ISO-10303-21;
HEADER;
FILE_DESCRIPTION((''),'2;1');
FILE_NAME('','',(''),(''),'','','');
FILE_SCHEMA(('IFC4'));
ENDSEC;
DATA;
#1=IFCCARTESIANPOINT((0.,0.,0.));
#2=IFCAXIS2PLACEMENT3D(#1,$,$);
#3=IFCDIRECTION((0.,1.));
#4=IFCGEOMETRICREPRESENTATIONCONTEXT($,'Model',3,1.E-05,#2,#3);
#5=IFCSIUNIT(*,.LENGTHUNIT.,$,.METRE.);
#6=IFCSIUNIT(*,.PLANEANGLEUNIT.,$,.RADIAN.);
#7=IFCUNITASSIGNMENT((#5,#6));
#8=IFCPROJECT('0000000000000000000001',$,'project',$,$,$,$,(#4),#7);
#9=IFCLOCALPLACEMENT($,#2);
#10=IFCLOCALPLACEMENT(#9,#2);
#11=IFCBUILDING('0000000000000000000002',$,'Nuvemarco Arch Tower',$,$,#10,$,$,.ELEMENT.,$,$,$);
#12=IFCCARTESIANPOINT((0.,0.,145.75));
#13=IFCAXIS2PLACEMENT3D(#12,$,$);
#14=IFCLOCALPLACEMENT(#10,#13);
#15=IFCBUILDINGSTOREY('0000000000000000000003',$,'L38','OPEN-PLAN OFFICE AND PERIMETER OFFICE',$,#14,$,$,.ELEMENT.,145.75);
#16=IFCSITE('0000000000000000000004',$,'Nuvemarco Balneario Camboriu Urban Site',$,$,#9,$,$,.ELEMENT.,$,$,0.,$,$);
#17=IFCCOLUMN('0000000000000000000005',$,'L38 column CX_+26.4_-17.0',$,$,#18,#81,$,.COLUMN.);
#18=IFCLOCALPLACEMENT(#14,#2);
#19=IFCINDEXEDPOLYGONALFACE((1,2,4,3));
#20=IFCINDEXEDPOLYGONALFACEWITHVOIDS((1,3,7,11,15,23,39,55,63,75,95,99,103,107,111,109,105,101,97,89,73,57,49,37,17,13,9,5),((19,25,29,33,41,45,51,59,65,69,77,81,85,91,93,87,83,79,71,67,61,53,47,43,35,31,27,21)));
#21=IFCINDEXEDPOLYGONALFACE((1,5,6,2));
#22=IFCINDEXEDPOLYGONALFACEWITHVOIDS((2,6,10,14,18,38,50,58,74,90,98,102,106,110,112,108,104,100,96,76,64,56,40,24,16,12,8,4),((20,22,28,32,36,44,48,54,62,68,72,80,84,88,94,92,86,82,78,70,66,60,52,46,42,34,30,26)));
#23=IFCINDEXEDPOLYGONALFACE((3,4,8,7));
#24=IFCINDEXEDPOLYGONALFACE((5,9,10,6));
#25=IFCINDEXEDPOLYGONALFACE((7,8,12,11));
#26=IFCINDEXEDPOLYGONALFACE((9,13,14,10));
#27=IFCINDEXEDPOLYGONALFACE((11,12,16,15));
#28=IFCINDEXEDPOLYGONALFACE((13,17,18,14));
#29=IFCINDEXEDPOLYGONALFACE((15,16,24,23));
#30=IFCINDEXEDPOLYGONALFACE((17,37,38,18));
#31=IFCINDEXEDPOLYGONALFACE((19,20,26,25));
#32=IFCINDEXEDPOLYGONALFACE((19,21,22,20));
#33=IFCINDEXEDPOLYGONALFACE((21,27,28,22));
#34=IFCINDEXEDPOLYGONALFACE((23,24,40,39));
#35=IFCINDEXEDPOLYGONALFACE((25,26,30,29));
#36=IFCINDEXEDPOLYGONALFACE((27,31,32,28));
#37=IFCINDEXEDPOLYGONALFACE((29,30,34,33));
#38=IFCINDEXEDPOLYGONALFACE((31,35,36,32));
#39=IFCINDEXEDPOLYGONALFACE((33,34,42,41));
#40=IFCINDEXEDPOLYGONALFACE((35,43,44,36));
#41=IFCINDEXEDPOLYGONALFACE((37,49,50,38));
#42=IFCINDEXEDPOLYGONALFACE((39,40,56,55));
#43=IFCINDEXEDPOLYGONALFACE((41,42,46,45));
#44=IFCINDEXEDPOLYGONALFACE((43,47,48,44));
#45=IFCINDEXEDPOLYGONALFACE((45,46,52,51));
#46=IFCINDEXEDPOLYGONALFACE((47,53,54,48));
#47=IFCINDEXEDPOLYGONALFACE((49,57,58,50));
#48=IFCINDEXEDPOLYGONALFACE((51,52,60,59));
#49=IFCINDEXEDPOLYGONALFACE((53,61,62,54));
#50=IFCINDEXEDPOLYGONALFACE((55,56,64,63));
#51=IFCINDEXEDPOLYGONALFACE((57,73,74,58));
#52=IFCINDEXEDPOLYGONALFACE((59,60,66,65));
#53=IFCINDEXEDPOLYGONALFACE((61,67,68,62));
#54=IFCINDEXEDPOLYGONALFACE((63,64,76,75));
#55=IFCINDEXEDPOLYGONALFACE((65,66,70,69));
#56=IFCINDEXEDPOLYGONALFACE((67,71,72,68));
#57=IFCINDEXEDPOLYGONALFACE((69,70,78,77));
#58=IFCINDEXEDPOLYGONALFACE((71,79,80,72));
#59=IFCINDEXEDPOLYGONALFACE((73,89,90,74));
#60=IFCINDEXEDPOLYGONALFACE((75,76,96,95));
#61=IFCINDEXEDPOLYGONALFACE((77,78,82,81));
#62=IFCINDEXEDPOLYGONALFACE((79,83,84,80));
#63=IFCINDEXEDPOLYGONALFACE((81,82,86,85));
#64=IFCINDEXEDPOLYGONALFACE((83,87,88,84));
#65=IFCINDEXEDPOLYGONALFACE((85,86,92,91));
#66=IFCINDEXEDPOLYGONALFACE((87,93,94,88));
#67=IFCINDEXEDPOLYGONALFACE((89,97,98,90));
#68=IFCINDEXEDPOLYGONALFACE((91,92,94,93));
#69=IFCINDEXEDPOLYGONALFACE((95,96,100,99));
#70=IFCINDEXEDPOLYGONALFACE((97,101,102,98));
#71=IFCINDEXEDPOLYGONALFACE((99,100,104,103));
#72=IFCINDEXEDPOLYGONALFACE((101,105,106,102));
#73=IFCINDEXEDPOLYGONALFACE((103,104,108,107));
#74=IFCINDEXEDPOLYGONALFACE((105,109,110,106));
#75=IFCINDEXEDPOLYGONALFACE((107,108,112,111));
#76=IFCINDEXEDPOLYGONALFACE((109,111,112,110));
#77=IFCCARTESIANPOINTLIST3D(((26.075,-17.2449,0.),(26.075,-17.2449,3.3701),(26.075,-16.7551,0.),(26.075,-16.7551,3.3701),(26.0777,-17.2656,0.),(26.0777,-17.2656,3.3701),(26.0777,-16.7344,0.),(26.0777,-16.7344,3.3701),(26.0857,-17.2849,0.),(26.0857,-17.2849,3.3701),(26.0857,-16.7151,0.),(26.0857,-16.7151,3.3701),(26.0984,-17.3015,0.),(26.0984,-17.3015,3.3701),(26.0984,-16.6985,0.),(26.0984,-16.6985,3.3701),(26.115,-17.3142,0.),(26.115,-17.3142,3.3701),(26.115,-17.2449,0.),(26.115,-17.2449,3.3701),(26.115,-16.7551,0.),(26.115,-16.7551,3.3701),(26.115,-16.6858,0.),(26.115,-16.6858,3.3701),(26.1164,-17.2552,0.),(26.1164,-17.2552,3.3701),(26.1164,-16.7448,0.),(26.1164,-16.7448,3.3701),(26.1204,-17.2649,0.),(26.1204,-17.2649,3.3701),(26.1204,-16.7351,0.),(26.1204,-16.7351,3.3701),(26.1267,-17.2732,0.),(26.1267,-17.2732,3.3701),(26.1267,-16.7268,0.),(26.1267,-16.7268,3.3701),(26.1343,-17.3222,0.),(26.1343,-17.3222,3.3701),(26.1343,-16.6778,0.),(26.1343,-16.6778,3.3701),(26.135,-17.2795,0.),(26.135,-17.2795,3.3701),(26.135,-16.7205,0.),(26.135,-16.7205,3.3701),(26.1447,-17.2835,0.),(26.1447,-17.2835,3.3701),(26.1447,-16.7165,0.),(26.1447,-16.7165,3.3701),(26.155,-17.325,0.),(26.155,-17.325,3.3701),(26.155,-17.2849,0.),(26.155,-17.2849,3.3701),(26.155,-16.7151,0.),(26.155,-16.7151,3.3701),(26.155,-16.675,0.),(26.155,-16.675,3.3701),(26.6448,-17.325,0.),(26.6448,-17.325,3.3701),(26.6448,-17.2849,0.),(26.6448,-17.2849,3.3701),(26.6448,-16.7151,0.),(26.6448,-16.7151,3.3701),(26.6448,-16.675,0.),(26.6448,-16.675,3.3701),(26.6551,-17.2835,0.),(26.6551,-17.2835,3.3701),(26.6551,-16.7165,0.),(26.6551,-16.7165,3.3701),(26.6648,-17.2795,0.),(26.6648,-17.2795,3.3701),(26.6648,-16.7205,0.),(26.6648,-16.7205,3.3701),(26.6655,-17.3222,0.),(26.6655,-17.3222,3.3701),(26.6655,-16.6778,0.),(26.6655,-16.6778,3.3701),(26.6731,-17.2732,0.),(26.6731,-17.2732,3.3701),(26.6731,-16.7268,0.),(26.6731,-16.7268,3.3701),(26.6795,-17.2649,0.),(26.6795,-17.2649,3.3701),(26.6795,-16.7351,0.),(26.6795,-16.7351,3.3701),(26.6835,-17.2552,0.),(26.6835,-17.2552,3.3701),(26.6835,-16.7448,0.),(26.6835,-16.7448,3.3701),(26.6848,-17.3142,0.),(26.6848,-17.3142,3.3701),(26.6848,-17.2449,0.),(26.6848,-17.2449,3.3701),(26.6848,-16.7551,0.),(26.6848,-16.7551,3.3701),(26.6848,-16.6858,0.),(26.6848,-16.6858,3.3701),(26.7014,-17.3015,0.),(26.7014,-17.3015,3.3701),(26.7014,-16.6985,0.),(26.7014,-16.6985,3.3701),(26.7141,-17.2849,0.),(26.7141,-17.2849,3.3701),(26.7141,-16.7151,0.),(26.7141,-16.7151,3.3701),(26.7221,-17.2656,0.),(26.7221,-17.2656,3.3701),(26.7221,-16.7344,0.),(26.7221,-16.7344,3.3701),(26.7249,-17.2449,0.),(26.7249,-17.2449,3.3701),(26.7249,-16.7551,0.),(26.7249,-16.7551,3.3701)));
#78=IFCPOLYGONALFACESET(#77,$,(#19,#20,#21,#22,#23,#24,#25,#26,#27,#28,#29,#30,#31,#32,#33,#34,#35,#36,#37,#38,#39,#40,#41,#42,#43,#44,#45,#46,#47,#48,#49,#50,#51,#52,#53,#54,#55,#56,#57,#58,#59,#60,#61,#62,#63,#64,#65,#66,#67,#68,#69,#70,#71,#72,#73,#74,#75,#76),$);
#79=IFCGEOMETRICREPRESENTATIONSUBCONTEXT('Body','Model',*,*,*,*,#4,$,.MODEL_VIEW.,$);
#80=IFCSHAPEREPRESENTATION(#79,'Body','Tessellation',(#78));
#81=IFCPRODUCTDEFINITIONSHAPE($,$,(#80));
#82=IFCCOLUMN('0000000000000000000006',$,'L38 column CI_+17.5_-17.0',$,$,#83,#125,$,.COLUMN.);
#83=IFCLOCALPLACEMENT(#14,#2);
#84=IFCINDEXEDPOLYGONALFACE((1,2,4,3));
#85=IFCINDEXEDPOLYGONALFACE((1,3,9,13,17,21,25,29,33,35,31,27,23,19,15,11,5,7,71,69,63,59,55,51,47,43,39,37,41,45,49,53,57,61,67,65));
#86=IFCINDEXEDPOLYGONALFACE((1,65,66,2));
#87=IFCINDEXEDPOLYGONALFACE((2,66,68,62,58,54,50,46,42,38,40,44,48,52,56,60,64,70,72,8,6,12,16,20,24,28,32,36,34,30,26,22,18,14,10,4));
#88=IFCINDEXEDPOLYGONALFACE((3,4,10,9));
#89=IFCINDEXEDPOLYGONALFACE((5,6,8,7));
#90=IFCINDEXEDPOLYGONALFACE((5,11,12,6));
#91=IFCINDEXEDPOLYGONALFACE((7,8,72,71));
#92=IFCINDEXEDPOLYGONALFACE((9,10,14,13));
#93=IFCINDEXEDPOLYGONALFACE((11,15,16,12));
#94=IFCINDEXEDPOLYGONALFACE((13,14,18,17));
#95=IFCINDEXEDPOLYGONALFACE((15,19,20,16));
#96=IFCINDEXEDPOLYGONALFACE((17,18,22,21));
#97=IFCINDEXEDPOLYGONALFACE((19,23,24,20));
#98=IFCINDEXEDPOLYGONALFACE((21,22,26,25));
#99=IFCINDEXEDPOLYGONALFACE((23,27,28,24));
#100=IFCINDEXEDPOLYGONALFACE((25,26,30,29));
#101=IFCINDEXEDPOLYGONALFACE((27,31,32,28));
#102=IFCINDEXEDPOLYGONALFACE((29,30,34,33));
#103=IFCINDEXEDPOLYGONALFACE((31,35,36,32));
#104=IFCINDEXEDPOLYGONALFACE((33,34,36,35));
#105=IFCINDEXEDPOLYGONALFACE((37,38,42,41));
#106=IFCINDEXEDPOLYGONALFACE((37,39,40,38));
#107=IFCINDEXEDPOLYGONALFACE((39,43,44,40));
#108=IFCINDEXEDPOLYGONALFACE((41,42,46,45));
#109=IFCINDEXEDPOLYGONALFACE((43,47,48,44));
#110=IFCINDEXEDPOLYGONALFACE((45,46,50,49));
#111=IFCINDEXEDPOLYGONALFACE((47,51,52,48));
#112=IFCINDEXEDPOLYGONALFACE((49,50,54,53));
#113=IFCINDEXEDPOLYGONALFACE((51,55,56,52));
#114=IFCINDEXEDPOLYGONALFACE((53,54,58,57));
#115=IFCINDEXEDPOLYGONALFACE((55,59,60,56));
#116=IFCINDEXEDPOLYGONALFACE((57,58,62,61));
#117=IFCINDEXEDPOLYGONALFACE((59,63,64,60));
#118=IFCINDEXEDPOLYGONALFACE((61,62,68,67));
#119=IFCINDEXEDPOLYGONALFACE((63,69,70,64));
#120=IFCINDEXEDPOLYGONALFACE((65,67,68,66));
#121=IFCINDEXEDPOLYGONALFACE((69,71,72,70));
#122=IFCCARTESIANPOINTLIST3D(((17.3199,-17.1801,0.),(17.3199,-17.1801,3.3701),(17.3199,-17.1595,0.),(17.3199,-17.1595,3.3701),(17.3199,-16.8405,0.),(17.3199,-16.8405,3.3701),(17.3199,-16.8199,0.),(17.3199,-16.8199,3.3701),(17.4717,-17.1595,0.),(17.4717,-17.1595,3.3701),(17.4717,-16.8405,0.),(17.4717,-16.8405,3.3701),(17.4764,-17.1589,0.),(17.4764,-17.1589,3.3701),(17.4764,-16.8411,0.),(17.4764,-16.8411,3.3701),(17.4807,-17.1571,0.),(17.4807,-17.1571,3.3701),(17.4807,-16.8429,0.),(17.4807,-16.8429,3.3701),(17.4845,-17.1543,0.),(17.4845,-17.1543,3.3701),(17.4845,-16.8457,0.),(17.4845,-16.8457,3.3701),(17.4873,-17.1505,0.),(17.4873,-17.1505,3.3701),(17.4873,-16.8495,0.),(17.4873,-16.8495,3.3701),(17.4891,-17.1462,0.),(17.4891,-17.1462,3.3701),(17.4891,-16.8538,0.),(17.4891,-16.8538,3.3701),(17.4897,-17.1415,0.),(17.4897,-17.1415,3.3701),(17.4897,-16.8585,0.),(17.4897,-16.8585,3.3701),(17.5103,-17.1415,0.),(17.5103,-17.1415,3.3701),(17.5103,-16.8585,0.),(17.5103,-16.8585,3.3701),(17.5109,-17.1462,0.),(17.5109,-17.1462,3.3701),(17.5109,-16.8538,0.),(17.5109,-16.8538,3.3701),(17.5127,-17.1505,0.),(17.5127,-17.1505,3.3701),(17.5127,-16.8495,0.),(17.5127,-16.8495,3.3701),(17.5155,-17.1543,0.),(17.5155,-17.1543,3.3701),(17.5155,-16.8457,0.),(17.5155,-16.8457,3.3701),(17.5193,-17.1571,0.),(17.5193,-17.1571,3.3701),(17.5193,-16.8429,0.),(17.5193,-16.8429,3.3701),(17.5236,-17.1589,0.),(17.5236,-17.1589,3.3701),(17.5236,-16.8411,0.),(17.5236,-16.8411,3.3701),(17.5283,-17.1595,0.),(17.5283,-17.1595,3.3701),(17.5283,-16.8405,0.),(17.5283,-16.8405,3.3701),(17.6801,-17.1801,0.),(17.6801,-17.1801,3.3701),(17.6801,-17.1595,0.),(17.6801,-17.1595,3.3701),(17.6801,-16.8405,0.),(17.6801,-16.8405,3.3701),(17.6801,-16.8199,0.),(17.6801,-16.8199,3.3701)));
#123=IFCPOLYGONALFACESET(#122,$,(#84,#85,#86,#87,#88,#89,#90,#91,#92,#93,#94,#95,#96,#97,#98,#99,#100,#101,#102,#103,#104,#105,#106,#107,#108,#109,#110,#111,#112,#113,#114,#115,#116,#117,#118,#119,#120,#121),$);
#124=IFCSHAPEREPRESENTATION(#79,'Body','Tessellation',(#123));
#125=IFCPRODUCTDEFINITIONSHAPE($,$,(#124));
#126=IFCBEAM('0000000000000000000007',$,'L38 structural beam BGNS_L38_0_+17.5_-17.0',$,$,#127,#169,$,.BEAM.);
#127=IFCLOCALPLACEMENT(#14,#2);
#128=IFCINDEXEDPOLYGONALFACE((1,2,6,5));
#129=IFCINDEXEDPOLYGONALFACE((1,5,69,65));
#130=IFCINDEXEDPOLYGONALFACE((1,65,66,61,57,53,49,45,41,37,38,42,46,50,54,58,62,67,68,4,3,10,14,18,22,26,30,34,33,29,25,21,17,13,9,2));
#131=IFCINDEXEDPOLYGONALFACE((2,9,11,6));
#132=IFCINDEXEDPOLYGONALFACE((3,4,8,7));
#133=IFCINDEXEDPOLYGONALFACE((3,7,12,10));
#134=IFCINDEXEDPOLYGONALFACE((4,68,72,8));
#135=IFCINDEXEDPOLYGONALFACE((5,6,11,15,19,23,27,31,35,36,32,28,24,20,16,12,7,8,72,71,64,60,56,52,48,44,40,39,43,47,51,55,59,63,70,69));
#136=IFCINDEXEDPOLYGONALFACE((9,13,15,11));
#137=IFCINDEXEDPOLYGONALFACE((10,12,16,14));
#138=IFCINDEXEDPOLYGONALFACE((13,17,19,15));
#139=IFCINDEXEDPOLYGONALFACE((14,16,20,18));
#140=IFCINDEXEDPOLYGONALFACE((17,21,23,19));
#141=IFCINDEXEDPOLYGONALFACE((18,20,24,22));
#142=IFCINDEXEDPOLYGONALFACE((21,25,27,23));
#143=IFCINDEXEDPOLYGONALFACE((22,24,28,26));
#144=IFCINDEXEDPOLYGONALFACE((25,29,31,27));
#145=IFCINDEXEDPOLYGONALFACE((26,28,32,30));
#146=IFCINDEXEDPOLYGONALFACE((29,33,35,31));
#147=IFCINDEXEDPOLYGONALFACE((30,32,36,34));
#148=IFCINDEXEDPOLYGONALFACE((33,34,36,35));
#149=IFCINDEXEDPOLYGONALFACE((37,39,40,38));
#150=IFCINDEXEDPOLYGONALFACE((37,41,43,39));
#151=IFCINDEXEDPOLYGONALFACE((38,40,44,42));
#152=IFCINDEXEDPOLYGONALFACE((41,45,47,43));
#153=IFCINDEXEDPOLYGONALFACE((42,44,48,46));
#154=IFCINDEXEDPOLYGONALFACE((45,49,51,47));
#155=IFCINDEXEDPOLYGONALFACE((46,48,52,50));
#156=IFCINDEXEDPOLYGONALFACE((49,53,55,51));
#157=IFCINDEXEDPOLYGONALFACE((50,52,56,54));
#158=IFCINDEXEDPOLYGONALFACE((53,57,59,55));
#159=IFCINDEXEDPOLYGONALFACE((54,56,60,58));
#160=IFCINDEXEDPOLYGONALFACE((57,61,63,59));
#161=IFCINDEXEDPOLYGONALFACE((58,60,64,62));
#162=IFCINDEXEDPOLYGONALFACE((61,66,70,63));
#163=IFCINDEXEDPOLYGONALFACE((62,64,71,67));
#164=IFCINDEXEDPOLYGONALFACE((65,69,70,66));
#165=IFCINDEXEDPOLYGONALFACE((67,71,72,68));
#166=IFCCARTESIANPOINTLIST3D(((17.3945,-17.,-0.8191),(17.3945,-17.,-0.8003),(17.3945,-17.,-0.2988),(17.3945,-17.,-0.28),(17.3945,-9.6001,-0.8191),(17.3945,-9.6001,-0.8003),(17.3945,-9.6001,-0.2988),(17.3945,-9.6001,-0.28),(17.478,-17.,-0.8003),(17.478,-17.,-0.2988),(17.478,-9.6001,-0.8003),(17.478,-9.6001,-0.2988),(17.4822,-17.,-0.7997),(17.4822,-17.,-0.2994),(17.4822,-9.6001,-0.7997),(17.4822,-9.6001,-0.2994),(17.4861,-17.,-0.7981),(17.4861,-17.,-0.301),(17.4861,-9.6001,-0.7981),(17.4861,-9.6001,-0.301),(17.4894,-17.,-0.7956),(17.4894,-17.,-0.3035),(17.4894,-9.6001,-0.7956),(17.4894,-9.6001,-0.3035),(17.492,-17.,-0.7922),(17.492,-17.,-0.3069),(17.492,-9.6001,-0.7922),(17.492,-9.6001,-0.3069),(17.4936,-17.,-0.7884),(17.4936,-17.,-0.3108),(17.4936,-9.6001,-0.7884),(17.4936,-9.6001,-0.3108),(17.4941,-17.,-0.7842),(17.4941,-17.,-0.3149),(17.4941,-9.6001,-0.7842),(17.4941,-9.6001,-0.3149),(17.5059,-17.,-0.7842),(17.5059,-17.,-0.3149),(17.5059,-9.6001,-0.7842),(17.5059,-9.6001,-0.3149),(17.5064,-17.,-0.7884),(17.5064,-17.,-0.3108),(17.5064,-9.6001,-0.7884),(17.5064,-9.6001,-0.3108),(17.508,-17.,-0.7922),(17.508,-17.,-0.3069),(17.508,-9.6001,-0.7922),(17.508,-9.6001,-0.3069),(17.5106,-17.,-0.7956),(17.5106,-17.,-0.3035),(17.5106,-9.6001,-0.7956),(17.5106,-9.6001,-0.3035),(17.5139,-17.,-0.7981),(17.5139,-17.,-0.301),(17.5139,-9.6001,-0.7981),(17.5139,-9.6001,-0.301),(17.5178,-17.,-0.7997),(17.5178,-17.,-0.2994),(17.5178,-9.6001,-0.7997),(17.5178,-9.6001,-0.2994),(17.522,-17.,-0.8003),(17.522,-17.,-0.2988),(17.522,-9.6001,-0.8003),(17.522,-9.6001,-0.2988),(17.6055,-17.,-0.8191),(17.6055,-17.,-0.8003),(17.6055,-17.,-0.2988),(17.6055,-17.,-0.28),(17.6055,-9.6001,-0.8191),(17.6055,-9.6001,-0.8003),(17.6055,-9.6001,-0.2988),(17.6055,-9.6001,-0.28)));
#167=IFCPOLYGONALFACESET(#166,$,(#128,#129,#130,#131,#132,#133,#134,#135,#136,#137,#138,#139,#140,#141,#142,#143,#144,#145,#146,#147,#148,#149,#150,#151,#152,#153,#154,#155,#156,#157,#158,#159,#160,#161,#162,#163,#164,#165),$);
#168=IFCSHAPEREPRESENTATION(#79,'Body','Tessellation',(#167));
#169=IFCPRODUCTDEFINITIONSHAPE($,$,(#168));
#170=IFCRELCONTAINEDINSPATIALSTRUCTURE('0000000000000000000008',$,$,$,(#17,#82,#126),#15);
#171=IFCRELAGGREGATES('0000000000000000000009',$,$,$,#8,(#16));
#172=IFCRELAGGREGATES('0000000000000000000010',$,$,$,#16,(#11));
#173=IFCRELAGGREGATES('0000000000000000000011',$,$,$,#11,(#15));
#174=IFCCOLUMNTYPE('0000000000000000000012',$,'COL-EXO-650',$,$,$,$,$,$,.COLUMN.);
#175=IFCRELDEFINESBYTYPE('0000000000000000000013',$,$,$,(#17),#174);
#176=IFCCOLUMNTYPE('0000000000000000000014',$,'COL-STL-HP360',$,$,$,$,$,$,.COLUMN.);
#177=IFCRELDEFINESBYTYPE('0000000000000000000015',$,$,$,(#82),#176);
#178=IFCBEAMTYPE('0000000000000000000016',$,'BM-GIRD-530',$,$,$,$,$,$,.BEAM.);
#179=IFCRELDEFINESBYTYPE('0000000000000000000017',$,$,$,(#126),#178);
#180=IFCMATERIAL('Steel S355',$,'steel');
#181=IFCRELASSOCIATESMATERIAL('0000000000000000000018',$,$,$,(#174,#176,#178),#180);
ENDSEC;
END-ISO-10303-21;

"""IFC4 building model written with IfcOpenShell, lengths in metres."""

from ifc_helpers import new_model, si_unit, direction, frame, origin, origin_2d, place, context, subcontext, project, spatial, hollow_rectangle, i_section, extrude, material, material_profile, profile_set, type_object, element, save


model = new_model("IFC4")

# Units and contexts
model_context = context("Model", 3, precision=1e-05, world=origin(), true_north=direction((0.0, 1.0)))
body_context = subcontext(model_context, "Body", "Model", "MODEL_VIEW")
ifc_project = project(units=[si_unit("LENGTHUNIT", "METRE"), si_unit("PLANEANGLEUNIT", "RADIAN")], contexts=[model_context])

# Site, building, storey
site_placement = place(None, origin())
site = spatial("IfcSite", under=ifc_project, at=site_placement, Name="Nuvemarco Balneario Camboriu Urban Site", CompositionType="ELEMENT", RefElevation=0.0)
building_placement = place(site_placement, origin())
building = spatial("IfcBuilding", under=site, at=building_placement, Name="Nuvemarco Arch Tower", CompositionType="ELEMENT")
storey_placement = place(building_placement, frame((0.0, 0.0, 145.75)))
storey = spatial("IfcBuildingStorey", under=building, at=storey_placement, Name="L38", Description="OPEN-PLAN OFFICE AND PERIMETER OFFICE", CompositionType="ELEMENT", Elevation=145.75)

# Columns
ifc_material_1 = material(Name="Steel S355", Category="steel")
ifc_material_profile_1 = material_profile(ifc_material_1, hollow_rectangle(XDim=0.6499, YDim=0.6499, WallThickness=0.04, InnerFilletRadius=0.04, OuterFilletRadius=0.0801, at=origin_2d()), Name="SHS650x650x40")
ifc_profile_set_1 = profile_set([ifc_material_profile_1], Name="Steel S355")
column_type_1 = type_object("IfcColumnType", Name="COL-EXO-650", PredefinedType="COLUMN", material=ifc_profile_set_1)
column_1_placement = place(storey_placement, frame((26.3999, -17.0, 0.0), z_axis=(0.0, 0.0, 1.0), x_axis=(1.0, 0.0, 0.0)))
element("IfcColumn", 1, at=column_1_placement, inside=storey, type_object=column_type_1, Name="L38 column CX_+26.4_-17.0", PredefinedType="COLUMN", context=body_context, shape_type="SweptSolid", body=[
    extrude(hollow_rectangle(XDim=0.6499, YDim=0.6499, WallThickness=0.04, InnerFilletRadius=0.04, OuterFilletRadius=0.0801, at=origin_2d()), origin(), (0.0, 0.0, 1.0), 3.3701),
])
ifc_material_profile_2 = material_profile(ifc_material_1, i_section(OverallWidth=0.3601, OverallDepth=0.3601, WebThickness=0.0205, FlangeThickness=0.0205, FilletRadius=0.0181, at=origin_2d()), Name="HP360x174")
ifc_profile_set_2 = profile_set([ifc_material_profile_2], Name="Steel S355")
column_type_2 = type_object("IfcColumnType", Name="COL-STL-HP360", PredefinedType="COLUMN", material=ifc_profile_set_2)
column_2_placement = place(storey_placement, frame((17.5, -17.0, 0.0), z_axis=(0.0, 0.0, 1.0), x_axis=(1.0, 0.0, 0.0)))
element("IfcColumn", 2, at=column_2_placement, inside=storey, type_object=column_type_2, Name="L38 column CI_+17.5_-17.0", PredefinedType="COLUMN", context=body_context, shape_type="SweptSolid", body=[
    extrude(i_section(OverallWidth=0.3601, OverallDepth=0.3601, WebThickness=0.0205, FlangeThickness=0.0205, FilletRadius=0.0181, at=origin_2d()), origin(), (0.0, 0.0, 1.0), 3.3701),
])

# Beam
ifc_material_profile_3 = material_profile(ifc_material_1, i_section(OverallWidth=0.2109, OverallDepth=0.5391, WebThickness=0.0117, FlangeThickness=0.0188, FilletRadius=0.0161, at=origin_2d()), Name="W530x109")
ifc_profile_set_3 = profile_set([ifc_material_profile_3], Name="Steel S355")
beam_type_1 = type_object("IfcBeamType", Name="BM-GIRD-530", PredefinedType="BEAM", material=ifc_profile_set_3)
beam_1_placement = place(storey_placement, frame((17.5, -17.0, -0.5496), z_axis=(0.0, 1.0, 0.0), x_axis=(-1.0, 0.0, 0.0)))
element("IfcBeam", 3, at=beam_1_placement, inside=storey, type_object=beam_type_1, Name="L38 structural beam BGNS_L38_0_+17.5_-17.0", PredefinedType="BEAM", context=body_context, shape_type="SweptSolid", body=[
    extrude(i_section(OverallWidth=0.2109, OverallDepth=0.5391, WebThickness=0.0117, FlangeThickness=0.0188, FilletRadius=0.0161, at=origin_2d()), origin(), (0.0, 0.0, 1.0), 7.3999),
])

save(model, "model.ifc")
